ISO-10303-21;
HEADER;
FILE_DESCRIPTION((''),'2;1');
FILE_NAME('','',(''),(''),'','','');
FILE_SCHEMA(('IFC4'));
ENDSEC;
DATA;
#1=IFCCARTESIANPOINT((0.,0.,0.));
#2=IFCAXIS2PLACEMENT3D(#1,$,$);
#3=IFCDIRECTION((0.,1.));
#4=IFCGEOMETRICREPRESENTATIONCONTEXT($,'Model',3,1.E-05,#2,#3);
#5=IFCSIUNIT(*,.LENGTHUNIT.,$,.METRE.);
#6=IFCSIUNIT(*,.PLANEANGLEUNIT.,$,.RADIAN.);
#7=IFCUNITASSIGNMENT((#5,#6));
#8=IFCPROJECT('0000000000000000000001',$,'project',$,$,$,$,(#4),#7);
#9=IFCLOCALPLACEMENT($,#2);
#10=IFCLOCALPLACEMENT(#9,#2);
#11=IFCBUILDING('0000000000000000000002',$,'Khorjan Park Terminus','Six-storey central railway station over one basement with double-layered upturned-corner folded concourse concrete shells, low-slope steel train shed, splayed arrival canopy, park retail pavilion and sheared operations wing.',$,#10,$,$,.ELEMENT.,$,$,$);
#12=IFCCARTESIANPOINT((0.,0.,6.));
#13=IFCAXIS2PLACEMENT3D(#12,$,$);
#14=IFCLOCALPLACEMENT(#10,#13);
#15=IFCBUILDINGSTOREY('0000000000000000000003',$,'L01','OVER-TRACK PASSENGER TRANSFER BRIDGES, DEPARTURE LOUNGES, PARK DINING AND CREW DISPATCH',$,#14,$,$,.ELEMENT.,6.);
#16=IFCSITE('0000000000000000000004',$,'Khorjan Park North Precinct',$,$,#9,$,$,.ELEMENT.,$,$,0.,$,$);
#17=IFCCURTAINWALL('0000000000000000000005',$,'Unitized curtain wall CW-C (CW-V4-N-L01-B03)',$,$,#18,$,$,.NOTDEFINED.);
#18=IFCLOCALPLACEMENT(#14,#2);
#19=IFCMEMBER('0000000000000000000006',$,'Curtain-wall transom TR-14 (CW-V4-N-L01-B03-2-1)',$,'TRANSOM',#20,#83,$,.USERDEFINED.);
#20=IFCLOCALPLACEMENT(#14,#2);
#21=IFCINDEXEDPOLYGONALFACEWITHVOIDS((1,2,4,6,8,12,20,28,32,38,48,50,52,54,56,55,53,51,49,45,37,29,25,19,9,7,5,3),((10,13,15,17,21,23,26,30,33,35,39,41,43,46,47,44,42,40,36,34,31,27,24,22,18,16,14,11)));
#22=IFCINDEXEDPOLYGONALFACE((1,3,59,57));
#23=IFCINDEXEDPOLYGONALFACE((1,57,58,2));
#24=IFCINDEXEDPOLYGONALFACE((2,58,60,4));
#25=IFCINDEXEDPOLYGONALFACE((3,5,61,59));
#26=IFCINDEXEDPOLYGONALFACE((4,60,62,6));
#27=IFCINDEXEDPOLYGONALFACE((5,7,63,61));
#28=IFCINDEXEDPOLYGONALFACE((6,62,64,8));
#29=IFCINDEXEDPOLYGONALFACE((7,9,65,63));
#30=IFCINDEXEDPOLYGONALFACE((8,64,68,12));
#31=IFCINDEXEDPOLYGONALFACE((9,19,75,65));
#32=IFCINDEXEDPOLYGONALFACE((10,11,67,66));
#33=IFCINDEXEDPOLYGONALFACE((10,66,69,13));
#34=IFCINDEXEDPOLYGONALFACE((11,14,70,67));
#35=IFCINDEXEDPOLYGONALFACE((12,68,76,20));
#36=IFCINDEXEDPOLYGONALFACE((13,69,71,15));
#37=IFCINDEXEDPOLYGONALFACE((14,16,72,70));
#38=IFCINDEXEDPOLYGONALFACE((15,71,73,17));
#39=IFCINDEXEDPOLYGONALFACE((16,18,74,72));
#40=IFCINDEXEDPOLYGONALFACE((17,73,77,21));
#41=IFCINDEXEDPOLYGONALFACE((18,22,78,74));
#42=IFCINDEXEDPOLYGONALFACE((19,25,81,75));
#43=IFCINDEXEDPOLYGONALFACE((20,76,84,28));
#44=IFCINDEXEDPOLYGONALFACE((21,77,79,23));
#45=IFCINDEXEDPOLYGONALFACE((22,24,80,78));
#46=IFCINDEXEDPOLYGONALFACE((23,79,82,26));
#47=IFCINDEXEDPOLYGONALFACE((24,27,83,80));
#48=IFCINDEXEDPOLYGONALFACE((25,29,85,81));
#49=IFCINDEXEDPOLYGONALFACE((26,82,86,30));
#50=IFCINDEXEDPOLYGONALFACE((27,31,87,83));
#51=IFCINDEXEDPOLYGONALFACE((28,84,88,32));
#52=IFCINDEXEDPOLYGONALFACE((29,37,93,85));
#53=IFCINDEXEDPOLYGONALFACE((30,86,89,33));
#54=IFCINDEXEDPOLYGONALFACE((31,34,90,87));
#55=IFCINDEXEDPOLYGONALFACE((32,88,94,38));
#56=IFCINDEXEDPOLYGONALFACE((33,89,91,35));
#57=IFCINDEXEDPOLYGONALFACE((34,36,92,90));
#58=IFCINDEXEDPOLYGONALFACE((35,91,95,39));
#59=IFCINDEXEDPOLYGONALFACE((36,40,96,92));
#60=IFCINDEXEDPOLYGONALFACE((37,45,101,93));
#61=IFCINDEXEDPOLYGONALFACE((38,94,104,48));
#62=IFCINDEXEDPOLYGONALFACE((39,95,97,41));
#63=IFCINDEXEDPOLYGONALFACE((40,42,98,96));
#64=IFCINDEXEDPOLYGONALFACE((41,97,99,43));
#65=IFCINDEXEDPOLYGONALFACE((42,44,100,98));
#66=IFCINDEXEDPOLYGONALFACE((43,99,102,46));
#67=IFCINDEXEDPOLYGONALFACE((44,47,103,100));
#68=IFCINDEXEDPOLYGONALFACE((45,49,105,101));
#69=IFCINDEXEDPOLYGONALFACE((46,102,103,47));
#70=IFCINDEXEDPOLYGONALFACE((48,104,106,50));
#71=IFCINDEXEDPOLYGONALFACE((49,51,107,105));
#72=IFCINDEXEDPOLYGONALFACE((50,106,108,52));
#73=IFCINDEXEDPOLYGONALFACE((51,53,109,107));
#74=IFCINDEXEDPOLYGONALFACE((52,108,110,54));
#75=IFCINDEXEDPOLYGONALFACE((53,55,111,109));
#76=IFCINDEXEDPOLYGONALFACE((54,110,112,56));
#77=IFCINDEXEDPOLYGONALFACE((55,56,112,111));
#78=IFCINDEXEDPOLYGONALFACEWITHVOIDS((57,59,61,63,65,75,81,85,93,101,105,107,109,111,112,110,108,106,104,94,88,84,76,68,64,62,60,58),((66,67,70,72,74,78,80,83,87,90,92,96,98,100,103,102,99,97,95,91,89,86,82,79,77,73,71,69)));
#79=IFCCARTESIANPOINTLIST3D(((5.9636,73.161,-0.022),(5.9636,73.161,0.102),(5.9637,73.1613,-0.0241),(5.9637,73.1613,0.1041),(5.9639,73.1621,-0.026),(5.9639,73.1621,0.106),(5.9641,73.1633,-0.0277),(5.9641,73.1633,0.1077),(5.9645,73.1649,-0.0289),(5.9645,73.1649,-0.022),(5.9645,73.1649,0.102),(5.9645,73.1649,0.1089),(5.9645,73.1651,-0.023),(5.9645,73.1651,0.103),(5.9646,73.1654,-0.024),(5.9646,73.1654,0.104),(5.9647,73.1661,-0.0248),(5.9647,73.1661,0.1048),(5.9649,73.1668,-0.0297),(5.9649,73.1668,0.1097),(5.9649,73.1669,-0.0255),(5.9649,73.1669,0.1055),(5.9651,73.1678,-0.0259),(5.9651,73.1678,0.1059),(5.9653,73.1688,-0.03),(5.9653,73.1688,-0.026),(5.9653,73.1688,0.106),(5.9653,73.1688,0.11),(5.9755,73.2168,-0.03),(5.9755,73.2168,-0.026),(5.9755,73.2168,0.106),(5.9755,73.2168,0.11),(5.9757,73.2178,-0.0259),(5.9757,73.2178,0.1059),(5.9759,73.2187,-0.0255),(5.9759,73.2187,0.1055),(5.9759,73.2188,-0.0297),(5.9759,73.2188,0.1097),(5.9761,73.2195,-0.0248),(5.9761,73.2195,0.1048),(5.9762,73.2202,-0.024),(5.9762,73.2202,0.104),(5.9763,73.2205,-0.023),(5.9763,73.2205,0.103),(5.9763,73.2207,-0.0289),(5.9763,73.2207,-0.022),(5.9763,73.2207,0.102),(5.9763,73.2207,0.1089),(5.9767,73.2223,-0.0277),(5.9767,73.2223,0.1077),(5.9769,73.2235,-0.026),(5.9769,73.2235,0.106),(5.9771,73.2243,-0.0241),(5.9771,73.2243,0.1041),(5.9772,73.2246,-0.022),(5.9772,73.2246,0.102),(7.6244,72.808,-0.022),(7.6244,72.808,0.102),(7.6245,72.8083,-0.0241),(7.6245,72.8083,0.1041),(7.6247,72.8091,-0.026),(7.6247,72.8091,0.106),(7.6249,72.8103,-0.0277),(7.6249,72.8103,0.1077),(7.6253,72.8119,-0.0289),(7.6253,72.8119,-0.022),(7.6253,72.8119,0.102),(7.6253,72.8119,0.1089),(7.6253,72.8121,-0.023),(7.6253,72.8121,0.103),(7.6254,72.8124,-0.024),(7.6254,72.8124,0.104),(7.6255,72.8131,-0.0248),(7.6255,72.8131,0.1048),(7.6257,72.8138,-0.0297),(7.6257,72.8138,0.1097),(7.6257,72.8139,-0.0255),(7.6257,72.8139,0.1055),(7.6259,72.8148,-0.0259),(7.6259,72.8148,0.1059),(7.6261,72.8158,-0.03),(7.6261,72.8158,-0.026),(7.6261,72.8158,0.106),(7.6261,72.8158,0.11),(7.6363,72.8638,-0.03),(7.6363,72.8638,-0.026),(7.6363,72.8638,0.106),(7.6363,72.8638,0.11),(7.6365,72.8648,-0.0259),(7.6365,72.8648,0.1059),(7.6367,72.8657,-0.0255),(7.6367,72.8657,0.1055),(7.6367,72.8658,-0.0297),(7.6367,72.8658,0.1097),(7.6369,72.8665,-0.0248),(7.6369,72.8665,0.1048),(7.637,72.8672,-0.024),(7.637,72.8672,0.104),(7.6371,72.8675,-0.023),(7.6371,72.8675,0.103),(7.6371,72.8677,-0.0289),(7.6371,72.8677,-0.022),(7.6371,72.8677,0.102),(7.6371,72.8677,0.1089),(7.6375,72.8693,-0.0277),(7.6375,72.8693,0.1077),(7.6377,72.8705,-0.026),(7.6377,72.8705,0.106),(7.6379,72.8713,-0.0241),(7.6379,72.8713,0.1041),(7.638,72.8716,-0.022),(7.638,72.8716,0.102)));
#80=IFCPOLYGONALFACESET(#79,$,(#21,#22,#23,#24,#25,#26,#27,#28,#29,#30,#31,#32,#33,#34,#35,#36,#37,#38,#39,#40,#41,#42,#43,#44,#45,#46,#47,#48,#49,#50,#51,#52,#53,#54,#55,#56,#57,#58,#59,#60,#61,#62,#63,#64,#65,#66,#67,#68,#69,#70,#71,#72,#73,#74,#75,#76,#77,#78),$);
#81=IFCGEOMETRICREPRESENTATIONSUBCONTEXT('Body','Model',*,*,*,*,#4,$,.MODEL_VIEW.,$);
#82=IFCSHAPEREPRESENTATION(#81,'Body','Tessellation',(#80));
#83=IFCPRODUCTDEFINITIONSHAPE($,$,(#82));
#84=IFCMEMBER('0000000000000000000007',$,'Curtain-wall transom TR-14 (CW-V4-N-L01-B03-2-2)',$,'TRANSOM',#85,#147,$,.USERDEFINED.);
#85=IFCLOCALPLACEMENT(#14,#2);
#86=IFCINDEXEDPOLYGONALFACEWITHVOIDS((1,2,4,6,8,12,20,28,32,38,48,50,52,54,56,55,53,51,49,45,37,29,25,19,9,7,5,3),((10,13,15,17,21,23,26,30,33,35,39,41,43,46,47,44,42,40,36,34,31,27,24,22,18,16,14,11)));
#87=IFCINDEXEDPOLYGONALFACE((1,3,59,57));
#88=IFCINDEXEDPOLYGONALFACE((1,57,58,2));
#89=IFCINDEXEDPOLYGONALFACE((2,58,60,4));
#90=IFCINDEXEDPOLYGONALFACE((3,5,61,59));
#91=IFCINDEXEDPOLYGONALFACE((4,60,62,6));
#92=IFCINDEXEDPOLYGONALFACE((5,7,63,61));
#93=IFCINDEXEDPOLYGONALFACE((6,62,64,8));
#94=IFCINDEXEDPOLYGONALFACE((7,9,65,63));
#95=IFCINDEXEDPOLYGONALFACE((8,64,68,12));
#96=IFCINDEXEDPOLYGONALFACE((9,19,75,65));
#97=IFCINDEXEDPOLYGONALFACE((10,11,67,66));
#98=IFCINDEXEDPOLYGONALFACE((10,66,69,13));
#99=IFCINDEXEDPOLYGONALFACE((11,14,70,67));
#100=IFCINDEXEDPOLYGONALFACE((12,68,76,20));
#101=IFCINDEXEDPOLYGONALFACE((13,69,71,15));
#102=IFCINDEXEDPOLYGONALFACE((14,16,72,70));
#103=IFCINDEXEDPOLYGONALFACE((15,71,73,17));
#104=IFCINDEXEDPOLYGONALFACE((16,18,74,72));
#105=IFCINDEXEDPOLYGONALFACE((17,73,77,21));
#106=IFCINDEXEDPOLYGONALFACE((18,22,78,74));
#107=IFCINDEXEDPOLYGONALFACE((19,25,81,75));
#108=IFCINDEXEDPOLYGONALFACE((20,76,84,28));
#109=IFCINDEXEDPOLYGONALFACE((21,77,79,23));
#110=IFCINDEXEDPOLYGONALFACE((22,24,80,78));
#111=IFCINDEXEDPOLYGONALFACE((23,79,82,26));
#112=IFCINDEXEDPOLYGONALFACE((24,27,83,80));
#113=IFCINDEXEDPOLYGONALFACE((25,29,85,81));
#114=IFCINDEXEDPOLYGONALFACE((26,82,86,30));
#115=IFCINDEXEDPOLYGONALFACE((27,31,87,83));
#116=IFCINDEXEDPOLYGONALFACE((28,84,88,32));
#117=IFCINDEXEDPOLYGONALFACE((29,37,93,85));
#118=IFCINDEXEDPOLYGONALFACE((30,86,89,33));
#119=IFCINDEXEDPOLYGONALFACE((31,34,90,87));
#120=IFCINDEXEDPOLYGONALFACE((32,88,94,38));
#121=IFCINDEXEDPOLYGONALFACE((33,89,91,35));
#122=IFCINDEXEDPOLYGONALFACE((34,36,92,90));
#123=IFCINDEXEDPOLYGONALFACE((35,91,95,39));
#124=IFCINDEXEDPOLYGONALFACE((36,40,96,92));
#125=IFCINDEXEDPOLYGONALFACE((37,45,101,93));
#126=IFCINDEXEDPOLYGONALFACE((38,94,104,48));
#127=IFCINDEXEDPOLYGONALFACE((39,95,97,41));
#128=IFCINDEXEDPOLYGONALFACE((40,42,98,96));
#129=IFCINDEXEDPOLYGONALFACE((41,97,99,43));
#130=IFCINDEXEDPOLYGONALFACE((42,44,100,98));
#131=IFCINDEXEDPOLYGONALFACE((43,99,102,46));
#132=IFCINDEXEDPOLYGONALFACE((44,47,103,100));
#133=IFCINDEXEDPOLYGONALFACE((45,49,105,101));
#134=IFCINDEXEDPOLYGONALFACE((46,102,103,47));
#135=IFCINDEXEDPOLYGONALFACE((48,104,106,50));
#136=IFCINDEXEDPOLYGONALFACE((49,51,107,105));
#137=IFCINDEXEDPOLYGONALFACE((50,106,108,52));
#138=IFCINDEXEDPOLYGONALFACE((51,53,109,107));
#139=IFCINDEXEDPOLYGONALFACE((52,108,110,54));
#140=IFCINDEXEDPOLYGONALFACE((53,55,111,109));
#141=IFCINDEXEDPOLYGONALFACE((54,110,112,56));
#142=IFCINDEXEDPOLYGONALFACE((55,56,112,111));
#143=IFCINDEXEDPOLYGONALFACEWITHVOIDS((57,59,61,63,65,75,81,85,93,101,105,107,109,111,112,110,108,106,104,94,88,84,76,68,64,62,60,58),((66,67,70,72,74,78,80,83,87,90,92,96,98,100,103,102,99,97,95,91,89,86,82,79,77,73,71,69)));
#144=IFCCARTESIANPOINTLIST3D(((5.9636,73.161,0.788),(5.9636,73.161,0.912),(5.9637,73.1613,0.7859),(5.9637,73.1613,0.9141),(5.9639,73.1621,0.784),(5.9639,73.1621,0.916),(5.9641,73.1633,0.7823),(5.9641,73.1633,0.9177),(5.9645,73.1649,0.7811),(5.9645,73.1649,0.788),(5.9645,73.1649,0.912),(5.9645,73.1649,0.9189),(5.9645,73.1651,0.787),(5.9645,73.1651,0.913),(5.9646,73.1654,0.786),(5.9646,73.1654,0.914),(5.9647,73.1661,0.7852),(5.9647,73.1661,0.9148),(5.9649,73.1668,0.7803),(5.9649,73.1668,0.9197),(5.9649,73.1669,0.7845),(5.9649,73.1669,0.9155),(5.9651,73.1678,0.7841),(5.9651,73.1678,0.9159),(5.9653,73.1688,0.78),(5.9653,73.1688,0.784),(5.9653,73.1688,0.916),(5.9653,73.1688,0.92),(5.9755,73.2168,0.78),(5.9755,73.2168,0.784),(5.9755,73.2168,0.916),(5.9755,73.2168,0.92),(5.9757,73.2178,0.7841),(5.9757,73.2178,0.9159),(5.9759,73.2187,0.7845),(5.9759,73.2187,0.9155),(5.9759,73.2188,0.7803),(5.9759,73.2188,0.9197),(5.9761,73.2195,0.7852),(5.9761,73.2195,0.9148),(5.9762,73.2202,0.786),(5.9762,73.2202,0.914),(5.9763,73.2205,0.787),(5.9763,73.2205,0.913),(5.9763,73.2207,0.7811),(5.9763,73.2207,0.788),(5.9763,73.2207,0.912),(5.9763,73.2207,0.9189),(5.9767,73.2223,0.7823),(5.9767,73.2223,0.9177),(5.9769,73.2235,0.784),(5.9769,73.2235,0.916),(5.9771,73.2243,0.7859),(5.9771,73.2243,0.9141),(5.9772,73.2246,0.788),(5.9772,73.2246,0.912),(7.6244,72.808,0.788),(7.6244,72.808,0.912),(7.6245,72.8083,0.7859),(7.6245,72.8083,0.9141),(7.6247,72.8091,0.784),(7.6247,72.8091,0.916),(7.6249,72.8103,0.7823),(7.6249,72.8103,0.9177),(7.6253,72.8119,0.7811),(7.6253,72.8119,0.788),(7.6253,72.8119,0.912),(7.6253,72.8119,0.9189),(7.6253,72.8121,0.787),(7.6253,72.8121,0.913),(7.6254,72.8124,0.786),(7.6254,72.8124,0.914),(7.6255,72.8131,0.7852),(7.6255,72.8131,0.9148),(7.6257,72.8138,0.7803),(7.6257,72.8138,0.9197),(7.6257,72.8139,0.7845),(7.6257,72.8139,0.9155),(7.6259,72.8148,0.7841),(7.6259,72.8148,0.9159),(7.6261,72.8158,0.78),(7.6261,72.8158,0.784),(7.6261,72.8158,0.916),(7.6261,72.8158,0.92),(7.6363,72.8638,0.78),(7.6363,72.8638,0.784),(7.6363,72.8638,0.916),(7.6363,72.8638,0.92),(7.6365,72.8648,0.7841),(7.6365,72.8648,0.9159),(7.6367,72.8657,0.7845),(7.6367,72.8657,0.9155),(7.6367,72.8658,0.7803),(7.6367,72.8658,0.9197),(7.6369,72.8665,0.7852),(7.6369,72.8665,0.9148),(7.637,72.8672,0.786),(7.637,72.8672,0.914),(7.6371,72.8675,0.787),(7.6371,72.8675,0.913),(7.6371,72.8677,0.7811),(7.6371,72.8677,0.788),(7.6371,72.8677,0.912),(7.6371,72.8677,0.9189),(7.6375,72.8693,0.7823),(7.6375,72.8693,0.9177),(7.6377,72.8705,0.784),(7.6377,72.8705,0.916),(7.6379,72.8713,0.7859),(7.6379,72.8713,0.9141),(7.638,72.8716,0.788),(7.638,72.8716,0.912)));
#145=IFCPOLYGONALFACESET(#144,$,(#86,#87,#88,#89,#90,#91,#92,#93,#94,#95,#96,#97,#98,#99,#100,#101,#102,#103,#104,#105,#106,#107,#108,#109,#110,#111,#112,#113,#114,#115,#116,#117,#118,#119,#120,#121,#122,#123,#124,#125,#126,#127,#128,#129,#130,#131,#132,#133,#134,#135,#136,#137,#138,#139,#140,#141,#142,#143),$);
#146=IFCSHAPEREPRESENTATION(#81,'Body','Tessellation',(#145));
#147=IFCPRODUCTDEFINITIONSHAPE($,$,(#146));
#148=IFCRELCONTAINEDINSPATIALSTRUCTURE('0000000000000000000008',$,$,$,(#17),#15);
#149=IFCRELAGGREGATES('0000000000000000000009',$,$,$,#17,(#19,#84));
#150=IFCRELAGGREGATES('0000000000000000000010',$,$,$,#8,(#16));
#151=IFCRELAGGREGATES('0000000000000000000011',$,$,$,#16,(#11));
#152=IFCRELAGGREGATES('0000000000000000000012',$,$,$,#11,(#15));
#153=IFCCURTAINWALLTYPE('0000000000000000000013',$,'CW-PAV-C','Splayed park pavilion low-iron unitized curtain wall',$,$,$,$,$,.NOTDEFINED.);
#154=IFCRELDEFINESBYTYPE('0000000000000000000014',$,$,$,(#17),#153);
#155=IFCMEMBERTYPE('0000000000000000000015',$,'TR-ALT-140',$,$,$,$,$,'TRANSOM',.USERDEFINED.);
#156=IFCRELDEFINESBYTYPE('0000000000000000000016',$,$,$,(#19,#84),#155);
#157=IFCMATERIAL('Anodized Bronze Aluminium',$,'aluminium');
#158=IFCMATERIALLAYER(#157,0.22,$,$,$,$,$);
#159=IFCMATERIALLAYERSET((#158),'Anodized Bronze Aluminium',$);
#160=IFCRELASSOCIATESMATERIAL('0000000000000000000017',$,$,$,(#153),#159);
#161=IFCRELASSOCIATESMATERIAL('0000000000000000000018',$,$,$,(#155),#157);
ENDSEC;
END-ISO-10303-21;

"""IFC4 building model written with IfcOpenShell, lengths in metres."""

from ifc_helpers import new_model, si_unit, direction, frame, origin, origin_2d, place, context, subcontext, project, spatial, hollow_rectangle, extrude, material, layer, layer_set, material_profile, profile_set, type_object, element, aggregate, save


model = new_model("IFC4")

# Units and contexts
model_context = context("Model", 3, precision=1e-05, world=origin(), true_north=direction((0.0, 1.0)))
body_context = subcontext(model_context, "Body", "Model", "MODEL_VIEW")
ifc_project = project(units=[si_unit("LENGTHUNIT", "METRE"), si_unit("PLANEANGLEUNIT", "RADIAN")], contexts=[model_context])

# Site, building, storey
site_placement = place(None, origin())
site = spatial("IfcSite", under=ifc_project, at=site_placement, Name="Khorjan Park North Precinct", CompositionType="ELEMENT", RefElevation=0.0)
building_placement = place(site_placement, origin())
building = spatial("IfcBuilding", under=site, at=building_placement, Name="Khorjan Park Terminus", Description="Six-storey central railway station over one basement with double-layered upturned-corner folded concourse concrete shells, low-slope steel train shed, splayed arrival canopy, park retail pavilion and sheared operations wing.", CompositionType="ELEMENT")
storey_placement = place(building_placement, frame((0.0, 0.0, 6.0)))
storey = spatial("IfcBuildingStorey", under=building, at=storey_placement, Name="L01", Description="OVER-TRACK PASSENGER TRANSFER BRIDGES, DEPARTURE LOUNGES, PARK DINING AND CREW DISPATCH", CompositionType="ELEMENT", Elevation=6.0)

# Curtain wall
ifc_material_1 = material(Name="Anodized Bronze Aluminium", Category="aluminium")
ifc_layer_1 = layer(ifc_material_1, 0.22)
ifc_layer_set_1 = layer_set([ifc_layer_1], Name="Anodized Bronze Aluminium")
curtain_wall_type = type_object("IfcCurtainWallType", Name="CW-PAV-C", Description="Splayed park pavilion low-iron unitized curtain wall", PredefinedType="NOTDEFINED", material=ifc_layer_set_1)
curtain_wall_1_placement = place(storey_placement, origin())
curtain_wall_1 = element("IfcCurtainWall", 1, at=curtain_wall_1_placement, inside=storey, type_object=curtain_wall_type, Name="Unitized curtain wall CW-C (CW-V4-N-L01-B03)", PredefinedType="NOTDEFINED")

# Members
ifc_material_profile_1 = material_profile(ifc_material_1, hollow_rectangle(XDim=0.065, YDim=0.14, WallThickness=0.004, InnerFilletRadius=0.004, OuterFilletRadius=0.008, at=origin_2d()), Name="ALT 65x140x4")
ifc_profile_set_1 = profile_set([ifc_material_profile_1], Name="Anodized Bronze Aluminium")
member_type_1 = type_object("IfcMemberType", Name="TR-ALT-140", ElementType="TRANSOM", PredefinedType="USERDEFINED", material=ifc_profile_set_1)
member_1_placement = place(storey_placement, frame((7.6312, 72.8398, 0.04), z_axis=(-0.978149, 0.207904, 0.0), x_axis=(-0.207904, -0.978149, 0.0)))
member_1 = element("IfcMember", 2, at=member_1_placement, type_object=member_type_1, Name="Curtain-wall transom TR-14 (CW-V4-N-L01-B03-2-1)", ObjectType="TRANSOM", PredefinedType="USERDEFINED", context=body_context, shape_type="SweptSolid", body=[
    extrude(hollow_rectangle(XDim=0.065, YDim=0.14, WallThickness=0.004, InnerFilletRadius=0.004, OuterFilletRadius=0.008, at=origin_2d()), origin(), (0.0, 0.0, 1.0), 1.6979),
])
member_2_placement = place(storey_placement, frame((7.6312, 72.8398, 0.85), z_axis=(-0.978149, 0.207904, 0.0), x_axis=(-0.207904, -0.978149, 0.0)))
member_2 = element("IfcMember", 3, at=member_2_placement, type_object=member_type_1, Name="Curtain-wall transom TR-14 (CW-V4-N-L01-B03-2-2)", ObjectType="TRANSOM", PredefinedType="USERDEFINED", context=body_context, shape_type="SweptSolid", body=[
    extrude(hollow_rectangle(XDim=0.065, YDim=0.14, WallThickness=0.004, InnerFilletRadius=0.004, OuterFilletRadius=0.008, at=origin_2d()), origin(), (0.0, 0.0, 1.0), 1.6979),
])

aggregate(curtain_wall_1, [member_1, member_2])

save(model, "model.ifc")
